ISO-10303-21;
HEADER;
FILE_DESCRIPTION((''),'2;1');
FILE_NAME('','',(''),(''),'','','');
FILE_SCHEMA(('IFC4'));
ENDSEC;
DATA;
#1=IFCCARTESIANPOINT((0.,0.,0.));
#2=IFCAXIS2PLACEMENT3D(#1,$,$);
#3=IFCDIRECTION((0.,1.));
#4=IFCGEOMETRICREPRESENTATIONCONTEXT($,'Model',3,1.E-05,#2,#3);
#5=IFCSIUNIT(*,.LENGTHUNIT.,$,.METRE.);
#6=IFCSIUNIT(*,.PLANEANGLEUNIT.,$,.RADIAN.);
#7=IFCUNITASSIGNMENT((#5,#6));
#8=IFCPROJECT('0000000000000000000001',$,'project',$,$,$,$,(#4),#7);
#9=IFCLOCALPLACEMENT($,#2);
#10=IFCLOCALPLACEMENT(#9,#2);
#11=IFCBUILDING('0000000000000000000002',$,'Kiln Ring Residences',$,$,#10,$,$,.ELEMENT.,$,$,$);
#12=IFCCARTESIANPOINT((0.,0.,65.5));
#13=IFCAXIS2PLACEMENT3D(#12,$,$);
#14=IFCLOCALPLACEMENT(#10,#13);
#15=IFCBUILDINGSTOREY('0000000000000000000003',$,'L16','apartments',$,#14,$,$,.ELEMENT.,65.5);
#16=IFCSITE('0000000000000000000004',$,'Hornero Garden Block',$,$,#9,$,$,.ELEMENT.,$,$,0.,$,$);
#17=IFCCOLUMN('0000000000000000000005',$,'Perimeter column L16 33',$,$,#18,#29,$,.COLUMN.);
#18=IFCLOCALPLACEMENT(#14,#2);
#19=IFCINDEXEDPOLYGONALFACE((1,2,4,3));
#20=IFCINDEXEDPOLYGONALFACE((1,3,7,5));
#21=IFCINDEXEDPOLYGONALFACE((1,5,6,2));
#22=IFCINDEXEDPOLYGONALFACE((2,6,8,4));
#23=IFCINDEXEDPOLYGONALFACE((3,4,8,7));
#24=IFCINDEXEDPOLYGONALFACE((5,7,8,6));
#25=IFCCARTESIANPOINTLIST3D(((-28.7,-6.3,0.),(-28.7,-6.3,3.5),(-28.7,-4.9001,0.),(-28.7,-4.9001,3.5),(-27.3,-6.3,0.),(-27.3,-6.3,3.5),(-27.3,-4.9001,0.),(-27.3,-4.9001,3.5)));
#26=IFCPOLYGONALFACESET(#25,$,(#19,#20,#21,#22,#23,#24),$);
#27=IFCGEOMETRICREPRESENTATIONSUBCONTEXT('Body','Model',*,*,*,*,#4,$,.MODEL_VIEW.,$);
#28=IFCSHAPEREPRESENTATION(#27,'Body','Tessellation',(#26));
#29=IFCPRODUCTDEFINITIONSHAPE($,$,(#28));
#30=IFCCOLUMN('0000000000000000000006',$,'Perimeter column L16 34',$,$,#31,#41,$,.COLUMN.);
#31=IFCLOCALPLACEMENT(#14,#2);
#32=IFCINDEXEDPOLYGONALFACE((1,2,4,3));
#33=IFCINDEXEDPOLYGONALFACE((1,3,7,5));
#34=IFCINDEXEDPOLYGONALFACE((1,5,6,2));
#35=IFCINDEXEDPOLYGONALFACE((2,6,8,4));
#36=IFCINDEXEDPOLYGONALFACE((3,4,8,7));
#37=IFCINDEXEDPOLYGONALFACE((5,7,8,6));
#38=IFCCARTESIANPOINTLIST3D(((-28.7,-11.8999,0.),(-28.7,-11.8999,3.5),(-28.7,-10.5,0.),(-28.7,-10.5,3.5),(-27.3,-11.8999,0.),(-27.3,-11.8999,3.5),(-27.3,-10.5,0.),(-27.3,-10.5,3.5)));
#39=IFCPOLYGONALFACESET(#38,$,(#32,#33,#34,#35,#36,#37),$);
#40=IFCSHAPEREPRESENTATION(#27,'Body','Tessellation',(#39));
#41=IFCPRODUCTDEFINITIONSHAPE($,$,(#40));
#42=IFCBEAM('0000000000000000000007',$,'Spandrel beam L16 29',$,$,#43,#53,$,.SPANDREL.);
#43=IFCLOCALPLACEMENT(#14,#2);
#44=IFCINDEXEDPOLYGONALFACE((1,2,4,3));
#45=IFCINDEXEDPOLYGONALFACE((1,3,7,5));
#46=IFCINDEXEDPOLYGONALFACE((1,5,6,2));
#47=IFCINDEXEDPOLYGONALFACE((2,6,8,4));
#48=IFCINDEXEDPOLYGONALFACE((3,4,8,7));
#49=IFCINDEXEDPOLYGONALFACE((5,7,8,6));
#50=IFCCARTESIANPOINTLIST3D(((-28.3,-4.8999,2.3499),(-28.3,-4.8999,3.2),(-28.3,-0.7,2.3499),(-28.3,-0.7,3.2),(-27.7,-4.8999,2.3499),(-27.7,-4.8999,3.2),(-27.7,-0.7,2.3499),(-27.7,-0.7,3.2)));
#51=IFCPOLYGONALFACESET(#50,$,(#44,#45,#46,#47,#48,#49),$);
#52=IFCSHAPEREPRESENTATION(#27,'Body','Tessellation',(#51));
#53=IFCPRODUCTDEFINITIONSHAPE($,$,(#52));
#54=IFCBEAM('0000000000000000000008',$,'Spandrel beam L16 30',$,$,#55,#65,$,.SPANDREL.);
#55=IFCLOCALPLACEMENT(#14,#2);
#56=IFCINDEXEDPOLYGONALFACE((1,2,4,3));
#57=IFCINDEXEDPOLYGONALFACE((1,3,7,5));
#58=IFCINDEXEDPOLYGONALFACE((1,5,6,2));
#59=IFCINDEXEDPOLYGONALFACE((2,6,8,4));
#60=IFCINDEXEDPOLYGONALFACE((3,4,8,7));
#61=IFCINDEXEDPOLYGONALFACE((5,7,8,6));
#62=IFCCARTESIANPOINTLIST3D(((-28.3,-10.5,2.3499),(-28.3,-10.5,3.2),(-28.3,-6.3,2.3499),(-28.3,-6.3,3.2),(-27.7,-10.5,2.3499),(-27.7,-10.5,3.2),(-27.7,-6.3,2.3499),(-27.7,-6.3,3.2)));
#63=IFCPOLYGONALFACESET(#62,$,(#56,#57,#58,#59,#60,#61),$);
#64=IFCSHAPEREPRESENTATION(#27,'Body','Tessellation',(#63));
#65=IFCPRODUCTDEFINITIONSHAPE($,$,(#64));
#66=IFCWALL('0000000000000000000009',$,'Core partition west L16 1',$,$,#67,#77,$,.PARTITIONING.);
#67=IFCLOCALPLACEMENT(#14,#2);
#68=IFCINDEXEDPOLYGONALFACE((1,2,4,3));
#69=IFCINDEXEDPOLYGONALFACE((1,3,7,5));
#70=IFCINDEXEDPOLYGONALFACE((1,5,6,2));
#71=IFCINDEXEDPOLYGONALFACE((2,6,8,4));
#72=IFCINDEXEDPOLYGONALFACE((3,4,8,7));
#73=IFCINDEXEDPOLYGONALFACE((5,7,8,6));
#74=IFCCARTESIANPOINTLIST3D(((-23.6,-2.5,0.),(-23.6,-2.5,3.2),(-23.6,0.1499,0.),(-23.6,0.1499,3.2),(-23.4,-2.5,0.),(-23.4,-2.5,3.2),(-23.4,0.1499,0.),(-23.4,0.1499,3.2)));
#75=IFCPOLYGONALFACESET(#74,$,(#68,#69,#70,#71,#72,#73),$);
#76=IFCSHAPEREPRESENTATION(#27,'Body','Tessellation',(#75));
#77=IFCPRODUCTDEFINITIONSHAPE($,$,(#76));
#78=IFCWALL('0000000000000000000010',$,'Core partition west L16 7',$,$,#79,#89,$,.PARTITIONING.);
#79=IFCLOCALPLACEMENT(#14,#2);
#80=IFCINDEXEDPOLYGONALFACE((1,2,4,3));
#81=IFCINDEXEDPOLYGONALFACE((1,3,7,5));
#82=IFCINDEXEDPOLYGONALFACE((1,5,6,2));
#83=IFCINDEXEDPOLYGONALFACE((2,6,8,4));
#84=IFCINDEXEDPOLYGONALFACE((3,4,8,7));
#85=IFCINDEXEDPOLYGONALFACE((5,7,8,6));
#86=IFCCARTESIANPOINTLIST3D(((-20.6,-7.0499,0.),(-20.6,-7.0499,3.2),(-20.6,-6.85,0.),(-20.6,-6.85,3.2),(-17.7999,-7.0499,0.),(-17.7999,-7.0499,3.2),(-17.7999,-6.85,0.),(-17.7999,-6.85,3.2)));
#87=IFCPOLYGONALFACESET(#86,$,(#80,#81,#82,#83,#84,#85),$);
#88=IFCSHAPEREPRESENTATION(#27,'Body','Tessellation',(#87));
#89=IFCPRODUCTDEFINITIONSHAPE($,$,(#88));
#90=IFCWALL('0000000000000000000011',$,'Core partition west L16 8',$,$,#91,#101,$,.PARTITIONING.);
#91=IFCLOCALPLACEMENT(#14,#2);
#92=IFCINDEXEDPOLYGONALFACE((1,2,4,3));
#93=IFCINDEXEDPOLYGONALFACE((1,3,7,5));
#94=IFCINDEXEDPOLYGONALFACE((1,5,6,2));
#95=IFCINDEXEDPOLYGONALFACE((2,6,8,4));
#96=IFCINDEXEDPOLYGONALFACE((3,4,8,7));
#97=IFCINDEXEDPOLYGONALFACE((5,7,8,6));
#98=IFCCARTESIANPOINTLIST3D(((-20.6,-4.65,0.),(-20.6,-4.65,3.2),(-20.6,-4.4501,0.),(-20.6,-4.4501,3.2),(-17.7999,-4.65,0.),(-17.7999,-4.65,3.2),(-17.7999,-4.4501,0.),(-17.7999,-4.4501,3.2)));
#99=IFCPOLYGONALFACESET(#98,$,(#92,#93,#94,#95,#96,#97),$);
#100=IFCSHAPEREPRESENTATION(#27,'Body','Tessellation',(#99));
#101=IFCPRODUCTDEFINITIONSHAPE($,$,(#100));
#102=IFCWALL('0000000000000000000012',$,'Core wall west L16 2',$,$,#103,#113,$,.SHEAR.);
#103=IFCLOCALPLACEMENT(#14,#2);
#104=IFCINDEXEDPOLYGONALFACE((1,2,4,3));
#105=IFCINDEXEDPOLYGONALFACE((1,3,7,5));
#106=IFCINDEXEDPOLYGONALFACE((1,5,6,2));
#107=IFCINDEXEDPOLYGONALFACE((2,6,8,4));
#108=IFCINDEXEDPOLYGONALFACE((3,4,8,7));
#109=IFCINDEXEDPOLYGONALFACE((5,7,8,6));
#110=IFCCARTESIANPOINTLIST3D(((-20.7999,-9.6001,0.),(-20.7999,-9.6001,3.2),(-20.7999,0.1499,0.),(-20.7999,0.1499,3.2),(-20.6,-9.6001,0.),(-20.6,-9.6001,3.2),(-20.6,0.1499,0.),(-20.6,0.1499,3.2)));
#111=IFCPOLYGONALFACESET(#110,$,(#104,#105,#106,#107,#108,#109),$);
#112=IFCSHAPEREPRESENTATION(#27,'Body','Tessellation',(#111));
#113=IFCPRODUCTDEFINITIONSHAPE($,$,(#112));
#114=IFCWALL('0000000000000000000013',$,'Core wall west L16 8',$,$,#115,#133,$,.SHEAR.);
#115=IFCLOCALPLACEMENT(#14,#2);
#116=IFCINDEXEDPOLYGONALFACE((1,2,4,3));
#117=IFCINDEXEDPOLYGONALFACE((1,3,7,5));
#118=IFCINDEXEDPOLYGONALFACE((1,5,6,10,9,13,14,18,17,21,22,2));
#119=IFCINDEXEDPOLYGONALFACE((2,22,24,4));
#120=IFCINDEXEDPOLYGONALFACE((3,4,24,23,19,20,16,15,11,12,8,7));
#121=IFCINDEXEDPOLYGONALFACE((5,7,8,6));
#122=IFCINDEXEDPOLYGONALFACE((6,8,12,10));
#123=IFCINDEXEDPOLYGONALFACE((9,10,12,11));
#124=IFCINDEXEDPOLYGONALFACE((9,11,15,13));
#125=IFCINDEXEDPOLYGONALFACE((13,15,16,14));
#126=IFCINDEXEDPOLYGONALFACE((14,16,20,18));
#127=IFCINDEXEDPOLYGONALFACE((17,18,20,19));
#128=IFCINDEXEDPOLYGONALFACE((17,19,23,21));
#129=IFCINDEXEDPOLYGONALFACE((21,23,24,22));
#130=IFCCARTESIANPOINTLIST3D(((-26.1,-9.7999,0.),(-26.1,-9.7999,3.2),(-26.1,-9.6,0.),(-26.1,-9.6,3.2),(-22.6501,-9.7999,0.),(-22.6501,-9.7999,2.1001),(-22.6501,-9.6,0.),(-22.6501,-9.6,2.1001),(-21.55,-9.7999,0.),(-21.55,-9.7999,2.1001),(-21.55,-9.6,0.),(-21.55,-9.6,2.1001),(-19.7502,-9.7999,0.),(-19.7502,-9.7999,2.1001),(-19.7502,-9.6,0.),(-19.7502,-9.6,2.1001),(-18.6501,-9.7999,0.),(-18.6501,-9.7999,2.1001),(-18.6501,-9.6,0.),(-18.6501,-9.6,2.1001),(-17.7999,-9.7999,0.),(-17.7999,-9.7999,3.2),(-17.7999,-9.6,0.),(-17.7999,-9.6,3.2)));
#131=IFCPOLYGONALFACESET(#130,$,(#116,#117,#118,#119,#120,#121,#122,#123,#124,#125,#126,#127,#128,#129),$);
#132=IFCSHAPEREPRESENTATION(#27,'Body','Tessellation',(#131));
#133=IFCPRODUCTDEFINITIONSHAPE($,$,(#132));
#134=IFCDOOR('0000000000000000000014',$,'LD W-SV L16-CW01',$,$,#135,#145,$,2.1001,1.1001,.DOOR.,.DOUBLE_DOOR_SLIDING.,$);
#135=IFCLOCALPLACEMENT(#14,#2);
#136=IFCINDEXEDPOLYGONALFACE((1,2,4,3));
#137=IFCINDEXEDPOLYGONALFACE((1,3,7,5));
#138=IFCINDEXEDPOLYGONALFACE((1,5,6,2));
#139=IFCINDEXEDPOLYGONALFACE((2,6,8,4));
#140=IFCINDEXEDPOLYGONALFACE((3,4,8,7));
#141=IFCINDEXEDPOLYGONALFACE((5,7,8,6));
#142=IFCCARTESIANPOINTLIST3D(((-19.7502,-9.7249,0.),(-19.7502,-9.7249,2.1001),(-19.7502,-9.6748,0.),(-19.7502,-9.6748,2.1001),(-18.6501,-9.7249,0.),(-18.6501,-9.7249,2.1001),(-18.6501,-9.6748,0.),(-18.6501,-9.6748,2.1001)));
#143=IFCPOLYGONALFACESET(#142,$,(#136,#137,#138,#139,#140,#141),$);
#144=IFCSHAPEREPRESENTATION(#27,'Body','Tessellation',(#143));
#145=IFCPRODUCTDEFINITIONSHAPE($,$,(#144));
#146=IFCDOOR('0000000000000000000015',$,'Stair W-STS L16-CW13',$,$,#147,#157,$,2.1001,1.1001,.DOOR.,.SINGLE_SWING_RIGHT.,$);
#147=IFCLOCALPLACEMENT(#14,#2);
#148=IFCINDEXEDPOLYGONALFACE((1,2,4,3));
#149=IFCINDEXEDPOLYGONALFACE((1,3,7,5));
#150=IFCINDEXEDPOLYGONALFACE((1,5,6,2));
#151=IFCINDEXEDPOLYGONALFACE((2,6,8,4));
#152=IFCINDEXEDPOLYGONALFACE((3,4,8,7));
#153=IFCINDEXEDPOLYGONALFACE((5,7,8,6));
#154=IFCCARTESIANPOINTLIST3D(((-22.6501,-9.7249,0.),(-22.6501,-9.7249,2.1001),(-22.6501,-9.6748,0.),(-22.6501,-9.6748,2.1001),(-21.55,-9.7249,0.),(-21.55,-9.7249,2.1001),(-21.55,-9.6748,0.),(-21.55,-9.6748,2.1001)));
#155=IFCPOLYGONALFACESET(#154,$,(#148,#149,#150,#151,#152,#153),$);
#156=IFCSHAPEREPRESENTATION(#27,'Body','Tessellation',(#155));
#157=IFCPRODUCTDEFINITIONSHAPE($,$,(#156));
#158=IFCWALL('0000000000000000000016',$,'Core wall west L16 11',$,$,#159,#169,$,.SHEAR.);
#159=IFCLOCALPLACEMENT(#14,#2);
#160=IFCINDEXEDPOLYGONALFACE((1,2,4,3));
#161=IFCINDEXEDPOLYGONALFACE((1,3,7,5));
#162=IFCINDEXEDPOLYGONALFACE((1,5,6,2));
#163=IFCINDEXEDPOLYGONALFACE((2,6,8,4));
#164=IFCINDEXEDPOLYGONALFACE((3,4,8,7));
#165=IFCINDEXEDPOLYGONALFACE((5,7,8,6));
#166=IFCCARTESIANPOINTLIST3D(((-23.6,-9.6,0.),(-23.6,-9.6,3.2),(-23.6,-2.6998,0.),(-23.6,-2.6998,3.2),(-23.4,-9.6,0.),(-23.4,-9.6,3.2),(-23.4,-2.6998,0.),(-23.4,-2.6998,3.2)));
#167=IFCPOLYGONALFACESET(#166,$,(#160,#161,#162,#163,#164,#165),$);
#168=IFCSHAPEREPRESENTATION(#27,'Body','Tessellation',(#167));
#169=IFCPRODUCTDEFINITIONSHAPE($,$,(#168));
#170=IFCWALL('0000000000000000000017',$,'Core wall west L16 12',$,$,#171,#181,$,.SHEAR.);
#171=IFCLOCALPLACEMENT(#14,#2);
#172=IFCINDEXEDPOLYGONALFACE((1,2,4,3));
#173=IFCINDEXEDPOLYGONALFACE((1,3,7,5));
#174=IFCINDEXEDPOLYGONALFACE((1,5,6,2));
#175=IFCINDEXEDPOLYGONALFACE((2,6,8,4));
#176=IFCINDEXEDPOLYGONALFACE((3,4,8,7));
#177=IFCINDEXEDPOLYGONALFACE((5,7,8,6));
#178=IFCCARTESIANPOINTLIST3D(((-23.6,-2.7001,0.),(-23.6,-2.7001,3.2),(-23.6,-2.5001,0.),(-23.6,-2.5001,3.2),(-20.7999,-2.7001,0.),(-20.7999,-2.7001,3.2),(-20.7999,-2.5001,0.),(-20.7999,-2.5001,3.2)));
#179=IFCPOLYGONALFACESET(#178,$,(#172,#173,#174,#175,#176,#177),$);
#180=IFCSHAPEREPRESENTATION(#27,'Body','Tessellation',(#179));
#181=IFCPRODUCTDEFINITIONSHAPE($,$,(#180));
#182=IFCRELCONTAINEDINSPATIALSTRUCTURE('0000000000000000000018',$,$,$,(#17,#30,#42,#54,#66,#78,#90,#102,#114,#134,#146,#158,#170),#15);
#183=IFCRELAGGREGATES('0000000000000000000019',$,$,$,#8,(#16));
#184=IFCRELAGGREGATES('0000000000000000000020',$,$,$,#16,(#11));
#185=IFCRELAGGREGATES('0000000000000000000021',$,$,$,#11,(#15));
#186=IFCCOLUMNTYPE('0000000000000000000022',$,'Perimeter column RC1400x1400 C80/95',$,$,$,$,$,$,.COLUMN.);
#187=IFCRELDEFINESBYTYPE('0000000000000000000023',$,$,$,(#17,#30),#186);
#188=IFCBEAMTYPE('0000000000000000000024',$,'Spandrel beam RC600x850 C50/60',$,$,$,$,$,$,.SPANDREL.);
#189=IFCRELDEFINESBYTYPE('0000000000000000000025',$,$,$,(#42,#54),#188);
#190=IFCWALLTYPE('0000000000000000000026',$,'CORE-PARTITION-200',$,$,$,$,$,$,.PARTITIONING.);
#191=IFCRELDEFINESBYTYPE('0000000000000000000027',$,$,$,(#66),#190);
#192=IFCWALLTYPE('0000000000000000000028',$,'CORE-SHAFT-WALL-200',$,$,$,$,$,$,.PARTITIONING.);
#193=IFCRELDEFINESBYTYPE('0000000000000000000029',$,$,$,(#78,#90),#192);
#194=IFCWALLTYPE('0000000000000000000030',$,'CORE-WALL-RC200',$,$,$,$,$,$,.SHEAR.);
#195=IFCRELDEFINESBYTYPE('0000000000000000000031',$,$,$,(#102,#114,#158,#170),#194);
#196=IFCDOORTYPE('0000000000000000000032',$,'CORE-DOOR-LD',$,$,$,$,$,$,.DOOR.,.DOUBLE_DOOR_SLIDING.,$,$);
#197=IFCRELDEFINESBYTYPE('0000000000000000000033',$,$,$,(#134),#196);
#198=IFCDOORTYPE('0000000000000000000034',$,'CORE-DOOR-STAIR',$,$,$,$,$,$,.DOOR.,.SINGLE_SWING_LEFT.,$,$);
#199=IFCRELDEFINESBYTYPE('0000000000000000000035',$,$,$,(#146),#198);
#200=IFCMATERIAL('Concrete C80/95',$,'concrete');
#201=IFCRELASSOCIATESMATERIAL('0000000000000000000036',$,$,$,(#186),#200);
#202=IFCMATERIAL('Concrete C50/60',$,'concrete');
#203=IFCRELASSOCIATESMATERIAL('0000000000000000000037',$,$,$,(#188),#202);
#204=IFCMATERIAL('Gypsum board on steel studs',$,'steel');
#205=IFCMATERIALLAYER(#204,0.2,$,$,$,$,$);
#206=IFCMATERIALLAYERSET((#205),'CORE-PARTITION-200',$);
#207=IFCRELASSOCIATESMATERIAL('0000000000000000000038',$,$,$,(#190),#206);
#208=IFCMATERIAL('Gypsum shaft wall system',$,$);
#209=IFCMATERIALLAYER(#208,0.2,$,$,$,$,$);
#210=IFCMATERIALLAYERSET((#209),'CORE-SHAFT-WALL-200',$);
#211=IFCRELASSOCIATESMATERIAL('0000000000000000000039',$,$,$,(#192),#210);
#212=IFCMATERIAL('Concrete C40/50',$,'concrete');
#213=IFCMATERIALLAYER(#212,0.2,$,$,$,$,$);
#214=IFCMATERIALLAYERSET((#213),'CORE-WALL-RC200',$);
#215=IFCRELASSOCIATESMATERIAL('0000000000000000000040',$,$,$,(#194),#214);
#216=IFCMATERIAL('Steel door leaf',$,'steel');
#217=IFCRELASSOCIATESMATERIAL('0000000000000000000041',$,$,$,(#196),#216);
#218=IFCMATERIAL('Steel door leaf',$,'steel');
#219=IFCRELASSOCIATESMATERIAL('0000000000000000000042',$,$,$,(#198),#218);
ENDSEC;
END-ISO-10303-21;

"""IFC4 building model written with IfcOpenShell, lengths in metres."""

from ifc_helpers import new_model, si_unit, direction, frame, frame_2d, origin, origin_2d, place, context, subcontext, project, spatial, rectangle, extrude, material, layer, layer_set, material_profile, profile_set, type_object, element, fill, save


model = new_model("IFC4")

# Units and contexts
model_context = context("Model", 3, precision=1e-05, world=origin(), true_north=direction((0.0, 1.0)))
body_context = subcontext(model_context, "Body", "Model", "MODEL_VIEW")
ifc_project = project(units=[si_unit("LENGTHUNIT", "METRE"), si_unit("PLANEANGLEUNIT", "RADIAN")], contexts=[model_context])

# Site, building, storey
site_placement = place(None, origin())
site = spatial("IfcSite", under=ifc_project, at=site_placement, Name="Hornero Garden Block", CompositionType="ELEMENT", RefElevation=0.0)
building_placement = place(site_placement, origin())
building = spatial("IfcBuilding", under=site, at=building_placement, Name="Kiln Ring Residences", CompositionType="ELEMENT")
storey_placement = place(building_placement, frame((0.0, 0.0, 65.5)))
storey = spatial("IfcBuildingStorey", under=building, at=storey_placement, Name="L16", Description="apartments", CompositionType="ELEMENT", Elevation=65.5)

# Columns
ifc_material_1 = material(Name="Concrete C80/95", Category="concrete")
ifc_material_profile_1 = material_profile(ifc_material_1, rectangle(XDim=1.3999, YDim=1.3999, at=origin_2d()), Name="RC1400x1400")
ifc_profile_set_1 = profile_set([ifc_material_profile_1], Name="Concrete C80/95")
column_type = type_object("IfcColumnType", Name="Perimeter column RC1400x1400 C80/95", PredefinedType="COLUMN", material=ifc_profile_set_1)
for number, where, z_axis, x_axis, name in (
    (1, (-28.0, -5.6001, 0.0), (0.0, 0.0, 1.0), (1.0, 0.0, 0.0), "Perimeter column L16 33"),
    (2, (-28.0, -11.2, 0.0), (0.0, 0.0, 1.0), (1.0, 0.0, 0.0), "Perimeter column L16 34"),
):
    element("IfcColumn", number, at=place(storey_placement, frame(where, z_axis=z_axis, x_axis=x_axis)), inside=storey, type_object=column_type, Name=name, PredefinedType="COLUMN", context=body_context, shape_type="SweptSolid", body=[
        extrude(rectangle(XDim=1.3999, YDim=1.3999, at=origin_2d()), origin(), (0.0, 0.0, 1.0), 3.5),
    ])

# Beams
ifc_material_2 = material(Name="Concrete C50/60", Category="concrete")
ifc_material_profile_2 = material_profile(ifc_material_2, rectangle(XDim=0.6001, YDim=0.8501, at=origin_2d()), Name="RC600x850")
ifc_profile_set_2 = profile_set([ifc_material_profile_2], Name="Concrete C50/60")
beam_type = type_object("IfcBeamType", Name="Spandrel beam RC600x850 C50/60", PredefinedType="SPANDREL", material=ifc_profile_set_2)
for number, where, z_axis, x_axis, name in (
    (3, (-28.0, -0.7, 2.7749), (0.0, -1.0, 0.0), (1.0, 0.0, 0.0), "Spandrel beam L16 29"),
    (4, (-28.0, -6.3, 2.7749), (0.0, -1.0, 0.0), (1.0, 0.0, 0.0), "Spandrel beam L16 30"),
):
    element("IfcBeam", number, at=place(storey_placement, frame(where, z_axis=z_axis, x_axis=x_axis)), inside=storey, type_object=beam_type, Name=name, PredefinedType="SPANDREL", context=body_context, shape_type="SweptSolid", body=[
        extrude(rectangle(XDim=0.6001, YDim=0.8501, at=origin_2d()), origin(), (0.0, 0.0, 1.0), 4.2),
    ])

# Walls
ifc_material_3 = material(Name="Gypsum board on steel studs", Category="steel")
ifc_layer_1 = layer(ifc_material_3, 0.2)
ifc_layer_set_1 = layer_set([ifc_layer_1], Name="CORE-PARTITION-200")
wall_type_1 = type_object("IfcWallType", Name="CORE-PARTITION-200", PredefinedType="PARTITIONING", material=ifc_layer_set_1)
wall_1_placement = place(storey_placement, frame((-23.5, -2.5, 0.0), z_axis=(0.0, 0.0, 1.0), x_axis=(0.0, 1.0, 0.0)))
element("IfcWall", 5, at=wall_1_placement, inside=storey, type_object=wall_type_1, Name="Core partition west L16 1", PredefinedType="PARTITIONING", context=body_context, shape_type="SweptSolid", body=[
    extrude(rectangle(XDim=2.6499, YDim=0.2, at=frame_2d((1.325, 0.0))), origin(), (0.0, 0.0, 1.0), 3.2),
])
ifc_material_4 = material(Name="Gypsum shaft wall system")
ifc_layer_2 = layer(ifc_material_4, 0.2)
ifc_layer_set_2 = layer_set([ifc_layer_2], Name="CORE-SHAFT-WALL-200")
wall_type_2 = type_object("IfcWallType", Name="CORE-SHAFT-WALL-200", PredefinedType="PARTITIONING", material=ifc_layer_set_2)
for number, where, z_axis, x_axis, name in (
    (6, (-17.8, -6.95, 0.0), (0.0, 0.0, 1.0), (-1.0, 0.0, 0.0), "Core partition west L16 7"),
    (7, (-17.8, -4.55, 0.0), (0.0, 0.0, 1.0), (-1.0, 0.0, 0.0), "Core partition west L16 8"),
):
    element("IfcWall", number, at=place(storey_placement, frame(where, z_axis=z_axis, x_axis=x_axis)), inside=storey, type_object=wall_type_2, Name=name, PredefinedType="PARTITIONING", context=body_context, shape_type="SweptSolid", body=[
        extrude(rectangle(XDim=2.8, YDim=0.2, at=frame_2d((1.3999, 0.0))), origin(), (0.0, 0.0, 1.0), 3.2),
    ])
ifc_material_5 = material(Name="Concrete C40/50", Category="concrete")
ifc_layer_3 = layer(ifc_material_5, 0.2)
ifc_layer_set_3 = layer_set([ifc_layer_3], Name="CORE-WALL-RC200")
wall_type_3 = type_object("IfcWallType", Name="CORE-WALL-RC200", PredefinedType="SHEAR", material=ifc_layer_set_3)
wall_2_placement = place(storey_placement, frame((-20.7, -9.6001, 0.0), z_axis=(0.0, 0.0, 1.0), x_axis=(0.0, 1.0, 0.0)))
element("IfcWall", 8, at=wall_2_placement, inside=storey, type_object=wall_type_3, Name="Core wall west L16 2", PredefinedType="SHEAR", context=body_context, shape_type="SweptSolid", body=[
    extrude(rectangle(XDim=9.75, YDim=0.2, at=frame_2d((4.875, 0.0))), origin(), (0.0, 0.0, 1.0), 3.2),
])

# Wall, openings, doors
wall_3_placement = place(storey_placement, frame((-17.8, -9.7, 0.0), z_axis=(0.0, 0.0, 1.0), x_axis=(-1.0, 0.0, 0.0)))
wall_3 = element("IfcWall", 9, at=wall_3_placement, inside=storey, type_object=wall_type_3, Name="Core wall west L16 8", PredefinedType="SHEAR", context=body_context, shape_type="SweptSolid", body=[
    extrude(rectangle(XDim=8.3, YDim=0.2, at=frame_2d((4.1499, 0.0))), origin(), (0.0, 0.0, 1.0), 3.2),
])
opening_1_placement = place(wall_3_placement, frame((0.8501, 0.0, 0.0)))
opening_1 = element("IfcOpeningElement", 10, at=opening_1_placement, cuts=wall_3, PredefinedType="OPENING", context=body_context, shape_type="SweptSolid", body=[
    extrude(rectangle(XDim=1.1001, YDim=2.1001, at=frame_2d((0.55, 1.05))), frame((0.0, 0.1099, 0.0), z_axis=(0.0, -1.0, 0.0), x_axis=(1.0, 0.0, 0.0)), (0.0, 0.0, 1.0), 0.22),
])
opening_2_placement = place(wall_3_placement, frame((3.75, 0.0, 0.0)))
opening_2 = element("IfcOpeningElement", 11, at=opening_2_placement, cuts=wall_3, PredefinedType="OPENING", context=body_context, shape_type="SweptSolid", body=[
    extrude(rectangle(XDim=1.1001, YDim=2.1001, at=frame_2d((0.55, 1.05))), frame((0.0, 0.1099, 0.0), z_axis=(0.0, -1.0, 0.0), x_axis=(1.0, 0.0, 0.0)), (0.0, 0.0, 1.0), 0.22),
])
ifc_material_6 = material(Name="Steel door leaf", Category="steel")
door_type_1 = type_object("IfcDoorType", Name="CORE-DOOR-LD", OperationType="DOUBLE_DOOR_SLIDING", PredefinedType="DOOR", material=ifc_material_6)
door_1_placement = place(opening_1_placement, origin())
door_1 = element("IfcDoor", 12, at=door_1_placement, inside=storey, type_object=door_type_1, Name="LD W-SV L16-CW01", OperationType="DOUBLE_DOOR_SLIDING", OverallHeight=2.1001, OverallWidth=1.1001, PredefinedType="DOOR", context=body_context, shape_type="SweptSolid", body=[
    extrude(rectangle(XDim=1.1001, YDim=2.1001, at=frame_2d((0.55, 1.05))), frame((0.0, 0.0249, 0.0), z_axis=(0.0, -1.0, 0.0), x_axis=(1.0, 0.0, 0.0)), (0.0, 0.0, 1.0), 0.05),
])
fill(opening_1, door_1)
ifc_material_7 = material(Name="Steel door leaf", Category="steel")
door_type_2 = type_object("IfcDoorType", Name="CORE-DOOR-STAIR", OperationType="SINGLE_SWING_LEFT", PredefinedType="DOOR", material=ifc_material_7)
door_2_placement = place(opening_2_placement, origin())
door_2 = element("IfcDoor", 13, at=door_2_placement, inside=storey, type_object=door_type_2, Name="Stair W-STS L16-CW13", OperationType="SINGLE_SWING_RIGHT", OverallHeight=2.1001, OverallWidth=1.1001, PredefinedType="DOOR", context=body_context, shape_type="SweptSolid", body=[
    extrude(rectangle(XDim=1.1001, YDim=2.1001, at=frame_2d((0.55, 1.05))), frame((0.0, 0.0249, 0.0), z_axis=(0.0, -1.0, 0.0), x_axis=(1.0, 0.0, 0.0)), (0.0, 0.0, 1.0), 0.05),
])
fill(opening_2, door_2)

# Walls
wall_4_placement = place(storey_placement, frame((-23.5, -9.6001, 0.0), z_axis=(0.0, 0.0, 1.0), x_axis=(0.0, 1.0, 0.0)))
element("IfcWall", 14, at=wall_4_placement, inside=storey, type_object=wall_type_3, Name="Core wall west L16 11", PredefinedType="SHEAR", context=body_context, shape_type="SweptSolid", body=[
    extrude(rectangle(XDim=6.9001, YDim=0.2, at=frame_2d((3.4502, 0.0))), origin(), (0.0, 0.0, 1.0), 3.2),
])
wall_5_placement = place(storey_placement, frame((-20.8, -2.6001, 0.0), z_axis=(0.0, 0.0, 1.0), x_axis=(-1.0, 0.0, 0.0)))
element("IfcWall", 15, at=wall_5_placement, inside=storey, type_object=wall_type_3, Name="Core wall west L16 12", PredefinedType="SHEAR", context=body_context, shape_type="SweptSolid", body=[
    extrude(rectangle(XDim=2.8, YDim=0.2, at=frame_2d((1.3999, 0.0))), origin(), (0.0, 0.0, 1.0), 3.2),
])

save(model, "model.ifc")
